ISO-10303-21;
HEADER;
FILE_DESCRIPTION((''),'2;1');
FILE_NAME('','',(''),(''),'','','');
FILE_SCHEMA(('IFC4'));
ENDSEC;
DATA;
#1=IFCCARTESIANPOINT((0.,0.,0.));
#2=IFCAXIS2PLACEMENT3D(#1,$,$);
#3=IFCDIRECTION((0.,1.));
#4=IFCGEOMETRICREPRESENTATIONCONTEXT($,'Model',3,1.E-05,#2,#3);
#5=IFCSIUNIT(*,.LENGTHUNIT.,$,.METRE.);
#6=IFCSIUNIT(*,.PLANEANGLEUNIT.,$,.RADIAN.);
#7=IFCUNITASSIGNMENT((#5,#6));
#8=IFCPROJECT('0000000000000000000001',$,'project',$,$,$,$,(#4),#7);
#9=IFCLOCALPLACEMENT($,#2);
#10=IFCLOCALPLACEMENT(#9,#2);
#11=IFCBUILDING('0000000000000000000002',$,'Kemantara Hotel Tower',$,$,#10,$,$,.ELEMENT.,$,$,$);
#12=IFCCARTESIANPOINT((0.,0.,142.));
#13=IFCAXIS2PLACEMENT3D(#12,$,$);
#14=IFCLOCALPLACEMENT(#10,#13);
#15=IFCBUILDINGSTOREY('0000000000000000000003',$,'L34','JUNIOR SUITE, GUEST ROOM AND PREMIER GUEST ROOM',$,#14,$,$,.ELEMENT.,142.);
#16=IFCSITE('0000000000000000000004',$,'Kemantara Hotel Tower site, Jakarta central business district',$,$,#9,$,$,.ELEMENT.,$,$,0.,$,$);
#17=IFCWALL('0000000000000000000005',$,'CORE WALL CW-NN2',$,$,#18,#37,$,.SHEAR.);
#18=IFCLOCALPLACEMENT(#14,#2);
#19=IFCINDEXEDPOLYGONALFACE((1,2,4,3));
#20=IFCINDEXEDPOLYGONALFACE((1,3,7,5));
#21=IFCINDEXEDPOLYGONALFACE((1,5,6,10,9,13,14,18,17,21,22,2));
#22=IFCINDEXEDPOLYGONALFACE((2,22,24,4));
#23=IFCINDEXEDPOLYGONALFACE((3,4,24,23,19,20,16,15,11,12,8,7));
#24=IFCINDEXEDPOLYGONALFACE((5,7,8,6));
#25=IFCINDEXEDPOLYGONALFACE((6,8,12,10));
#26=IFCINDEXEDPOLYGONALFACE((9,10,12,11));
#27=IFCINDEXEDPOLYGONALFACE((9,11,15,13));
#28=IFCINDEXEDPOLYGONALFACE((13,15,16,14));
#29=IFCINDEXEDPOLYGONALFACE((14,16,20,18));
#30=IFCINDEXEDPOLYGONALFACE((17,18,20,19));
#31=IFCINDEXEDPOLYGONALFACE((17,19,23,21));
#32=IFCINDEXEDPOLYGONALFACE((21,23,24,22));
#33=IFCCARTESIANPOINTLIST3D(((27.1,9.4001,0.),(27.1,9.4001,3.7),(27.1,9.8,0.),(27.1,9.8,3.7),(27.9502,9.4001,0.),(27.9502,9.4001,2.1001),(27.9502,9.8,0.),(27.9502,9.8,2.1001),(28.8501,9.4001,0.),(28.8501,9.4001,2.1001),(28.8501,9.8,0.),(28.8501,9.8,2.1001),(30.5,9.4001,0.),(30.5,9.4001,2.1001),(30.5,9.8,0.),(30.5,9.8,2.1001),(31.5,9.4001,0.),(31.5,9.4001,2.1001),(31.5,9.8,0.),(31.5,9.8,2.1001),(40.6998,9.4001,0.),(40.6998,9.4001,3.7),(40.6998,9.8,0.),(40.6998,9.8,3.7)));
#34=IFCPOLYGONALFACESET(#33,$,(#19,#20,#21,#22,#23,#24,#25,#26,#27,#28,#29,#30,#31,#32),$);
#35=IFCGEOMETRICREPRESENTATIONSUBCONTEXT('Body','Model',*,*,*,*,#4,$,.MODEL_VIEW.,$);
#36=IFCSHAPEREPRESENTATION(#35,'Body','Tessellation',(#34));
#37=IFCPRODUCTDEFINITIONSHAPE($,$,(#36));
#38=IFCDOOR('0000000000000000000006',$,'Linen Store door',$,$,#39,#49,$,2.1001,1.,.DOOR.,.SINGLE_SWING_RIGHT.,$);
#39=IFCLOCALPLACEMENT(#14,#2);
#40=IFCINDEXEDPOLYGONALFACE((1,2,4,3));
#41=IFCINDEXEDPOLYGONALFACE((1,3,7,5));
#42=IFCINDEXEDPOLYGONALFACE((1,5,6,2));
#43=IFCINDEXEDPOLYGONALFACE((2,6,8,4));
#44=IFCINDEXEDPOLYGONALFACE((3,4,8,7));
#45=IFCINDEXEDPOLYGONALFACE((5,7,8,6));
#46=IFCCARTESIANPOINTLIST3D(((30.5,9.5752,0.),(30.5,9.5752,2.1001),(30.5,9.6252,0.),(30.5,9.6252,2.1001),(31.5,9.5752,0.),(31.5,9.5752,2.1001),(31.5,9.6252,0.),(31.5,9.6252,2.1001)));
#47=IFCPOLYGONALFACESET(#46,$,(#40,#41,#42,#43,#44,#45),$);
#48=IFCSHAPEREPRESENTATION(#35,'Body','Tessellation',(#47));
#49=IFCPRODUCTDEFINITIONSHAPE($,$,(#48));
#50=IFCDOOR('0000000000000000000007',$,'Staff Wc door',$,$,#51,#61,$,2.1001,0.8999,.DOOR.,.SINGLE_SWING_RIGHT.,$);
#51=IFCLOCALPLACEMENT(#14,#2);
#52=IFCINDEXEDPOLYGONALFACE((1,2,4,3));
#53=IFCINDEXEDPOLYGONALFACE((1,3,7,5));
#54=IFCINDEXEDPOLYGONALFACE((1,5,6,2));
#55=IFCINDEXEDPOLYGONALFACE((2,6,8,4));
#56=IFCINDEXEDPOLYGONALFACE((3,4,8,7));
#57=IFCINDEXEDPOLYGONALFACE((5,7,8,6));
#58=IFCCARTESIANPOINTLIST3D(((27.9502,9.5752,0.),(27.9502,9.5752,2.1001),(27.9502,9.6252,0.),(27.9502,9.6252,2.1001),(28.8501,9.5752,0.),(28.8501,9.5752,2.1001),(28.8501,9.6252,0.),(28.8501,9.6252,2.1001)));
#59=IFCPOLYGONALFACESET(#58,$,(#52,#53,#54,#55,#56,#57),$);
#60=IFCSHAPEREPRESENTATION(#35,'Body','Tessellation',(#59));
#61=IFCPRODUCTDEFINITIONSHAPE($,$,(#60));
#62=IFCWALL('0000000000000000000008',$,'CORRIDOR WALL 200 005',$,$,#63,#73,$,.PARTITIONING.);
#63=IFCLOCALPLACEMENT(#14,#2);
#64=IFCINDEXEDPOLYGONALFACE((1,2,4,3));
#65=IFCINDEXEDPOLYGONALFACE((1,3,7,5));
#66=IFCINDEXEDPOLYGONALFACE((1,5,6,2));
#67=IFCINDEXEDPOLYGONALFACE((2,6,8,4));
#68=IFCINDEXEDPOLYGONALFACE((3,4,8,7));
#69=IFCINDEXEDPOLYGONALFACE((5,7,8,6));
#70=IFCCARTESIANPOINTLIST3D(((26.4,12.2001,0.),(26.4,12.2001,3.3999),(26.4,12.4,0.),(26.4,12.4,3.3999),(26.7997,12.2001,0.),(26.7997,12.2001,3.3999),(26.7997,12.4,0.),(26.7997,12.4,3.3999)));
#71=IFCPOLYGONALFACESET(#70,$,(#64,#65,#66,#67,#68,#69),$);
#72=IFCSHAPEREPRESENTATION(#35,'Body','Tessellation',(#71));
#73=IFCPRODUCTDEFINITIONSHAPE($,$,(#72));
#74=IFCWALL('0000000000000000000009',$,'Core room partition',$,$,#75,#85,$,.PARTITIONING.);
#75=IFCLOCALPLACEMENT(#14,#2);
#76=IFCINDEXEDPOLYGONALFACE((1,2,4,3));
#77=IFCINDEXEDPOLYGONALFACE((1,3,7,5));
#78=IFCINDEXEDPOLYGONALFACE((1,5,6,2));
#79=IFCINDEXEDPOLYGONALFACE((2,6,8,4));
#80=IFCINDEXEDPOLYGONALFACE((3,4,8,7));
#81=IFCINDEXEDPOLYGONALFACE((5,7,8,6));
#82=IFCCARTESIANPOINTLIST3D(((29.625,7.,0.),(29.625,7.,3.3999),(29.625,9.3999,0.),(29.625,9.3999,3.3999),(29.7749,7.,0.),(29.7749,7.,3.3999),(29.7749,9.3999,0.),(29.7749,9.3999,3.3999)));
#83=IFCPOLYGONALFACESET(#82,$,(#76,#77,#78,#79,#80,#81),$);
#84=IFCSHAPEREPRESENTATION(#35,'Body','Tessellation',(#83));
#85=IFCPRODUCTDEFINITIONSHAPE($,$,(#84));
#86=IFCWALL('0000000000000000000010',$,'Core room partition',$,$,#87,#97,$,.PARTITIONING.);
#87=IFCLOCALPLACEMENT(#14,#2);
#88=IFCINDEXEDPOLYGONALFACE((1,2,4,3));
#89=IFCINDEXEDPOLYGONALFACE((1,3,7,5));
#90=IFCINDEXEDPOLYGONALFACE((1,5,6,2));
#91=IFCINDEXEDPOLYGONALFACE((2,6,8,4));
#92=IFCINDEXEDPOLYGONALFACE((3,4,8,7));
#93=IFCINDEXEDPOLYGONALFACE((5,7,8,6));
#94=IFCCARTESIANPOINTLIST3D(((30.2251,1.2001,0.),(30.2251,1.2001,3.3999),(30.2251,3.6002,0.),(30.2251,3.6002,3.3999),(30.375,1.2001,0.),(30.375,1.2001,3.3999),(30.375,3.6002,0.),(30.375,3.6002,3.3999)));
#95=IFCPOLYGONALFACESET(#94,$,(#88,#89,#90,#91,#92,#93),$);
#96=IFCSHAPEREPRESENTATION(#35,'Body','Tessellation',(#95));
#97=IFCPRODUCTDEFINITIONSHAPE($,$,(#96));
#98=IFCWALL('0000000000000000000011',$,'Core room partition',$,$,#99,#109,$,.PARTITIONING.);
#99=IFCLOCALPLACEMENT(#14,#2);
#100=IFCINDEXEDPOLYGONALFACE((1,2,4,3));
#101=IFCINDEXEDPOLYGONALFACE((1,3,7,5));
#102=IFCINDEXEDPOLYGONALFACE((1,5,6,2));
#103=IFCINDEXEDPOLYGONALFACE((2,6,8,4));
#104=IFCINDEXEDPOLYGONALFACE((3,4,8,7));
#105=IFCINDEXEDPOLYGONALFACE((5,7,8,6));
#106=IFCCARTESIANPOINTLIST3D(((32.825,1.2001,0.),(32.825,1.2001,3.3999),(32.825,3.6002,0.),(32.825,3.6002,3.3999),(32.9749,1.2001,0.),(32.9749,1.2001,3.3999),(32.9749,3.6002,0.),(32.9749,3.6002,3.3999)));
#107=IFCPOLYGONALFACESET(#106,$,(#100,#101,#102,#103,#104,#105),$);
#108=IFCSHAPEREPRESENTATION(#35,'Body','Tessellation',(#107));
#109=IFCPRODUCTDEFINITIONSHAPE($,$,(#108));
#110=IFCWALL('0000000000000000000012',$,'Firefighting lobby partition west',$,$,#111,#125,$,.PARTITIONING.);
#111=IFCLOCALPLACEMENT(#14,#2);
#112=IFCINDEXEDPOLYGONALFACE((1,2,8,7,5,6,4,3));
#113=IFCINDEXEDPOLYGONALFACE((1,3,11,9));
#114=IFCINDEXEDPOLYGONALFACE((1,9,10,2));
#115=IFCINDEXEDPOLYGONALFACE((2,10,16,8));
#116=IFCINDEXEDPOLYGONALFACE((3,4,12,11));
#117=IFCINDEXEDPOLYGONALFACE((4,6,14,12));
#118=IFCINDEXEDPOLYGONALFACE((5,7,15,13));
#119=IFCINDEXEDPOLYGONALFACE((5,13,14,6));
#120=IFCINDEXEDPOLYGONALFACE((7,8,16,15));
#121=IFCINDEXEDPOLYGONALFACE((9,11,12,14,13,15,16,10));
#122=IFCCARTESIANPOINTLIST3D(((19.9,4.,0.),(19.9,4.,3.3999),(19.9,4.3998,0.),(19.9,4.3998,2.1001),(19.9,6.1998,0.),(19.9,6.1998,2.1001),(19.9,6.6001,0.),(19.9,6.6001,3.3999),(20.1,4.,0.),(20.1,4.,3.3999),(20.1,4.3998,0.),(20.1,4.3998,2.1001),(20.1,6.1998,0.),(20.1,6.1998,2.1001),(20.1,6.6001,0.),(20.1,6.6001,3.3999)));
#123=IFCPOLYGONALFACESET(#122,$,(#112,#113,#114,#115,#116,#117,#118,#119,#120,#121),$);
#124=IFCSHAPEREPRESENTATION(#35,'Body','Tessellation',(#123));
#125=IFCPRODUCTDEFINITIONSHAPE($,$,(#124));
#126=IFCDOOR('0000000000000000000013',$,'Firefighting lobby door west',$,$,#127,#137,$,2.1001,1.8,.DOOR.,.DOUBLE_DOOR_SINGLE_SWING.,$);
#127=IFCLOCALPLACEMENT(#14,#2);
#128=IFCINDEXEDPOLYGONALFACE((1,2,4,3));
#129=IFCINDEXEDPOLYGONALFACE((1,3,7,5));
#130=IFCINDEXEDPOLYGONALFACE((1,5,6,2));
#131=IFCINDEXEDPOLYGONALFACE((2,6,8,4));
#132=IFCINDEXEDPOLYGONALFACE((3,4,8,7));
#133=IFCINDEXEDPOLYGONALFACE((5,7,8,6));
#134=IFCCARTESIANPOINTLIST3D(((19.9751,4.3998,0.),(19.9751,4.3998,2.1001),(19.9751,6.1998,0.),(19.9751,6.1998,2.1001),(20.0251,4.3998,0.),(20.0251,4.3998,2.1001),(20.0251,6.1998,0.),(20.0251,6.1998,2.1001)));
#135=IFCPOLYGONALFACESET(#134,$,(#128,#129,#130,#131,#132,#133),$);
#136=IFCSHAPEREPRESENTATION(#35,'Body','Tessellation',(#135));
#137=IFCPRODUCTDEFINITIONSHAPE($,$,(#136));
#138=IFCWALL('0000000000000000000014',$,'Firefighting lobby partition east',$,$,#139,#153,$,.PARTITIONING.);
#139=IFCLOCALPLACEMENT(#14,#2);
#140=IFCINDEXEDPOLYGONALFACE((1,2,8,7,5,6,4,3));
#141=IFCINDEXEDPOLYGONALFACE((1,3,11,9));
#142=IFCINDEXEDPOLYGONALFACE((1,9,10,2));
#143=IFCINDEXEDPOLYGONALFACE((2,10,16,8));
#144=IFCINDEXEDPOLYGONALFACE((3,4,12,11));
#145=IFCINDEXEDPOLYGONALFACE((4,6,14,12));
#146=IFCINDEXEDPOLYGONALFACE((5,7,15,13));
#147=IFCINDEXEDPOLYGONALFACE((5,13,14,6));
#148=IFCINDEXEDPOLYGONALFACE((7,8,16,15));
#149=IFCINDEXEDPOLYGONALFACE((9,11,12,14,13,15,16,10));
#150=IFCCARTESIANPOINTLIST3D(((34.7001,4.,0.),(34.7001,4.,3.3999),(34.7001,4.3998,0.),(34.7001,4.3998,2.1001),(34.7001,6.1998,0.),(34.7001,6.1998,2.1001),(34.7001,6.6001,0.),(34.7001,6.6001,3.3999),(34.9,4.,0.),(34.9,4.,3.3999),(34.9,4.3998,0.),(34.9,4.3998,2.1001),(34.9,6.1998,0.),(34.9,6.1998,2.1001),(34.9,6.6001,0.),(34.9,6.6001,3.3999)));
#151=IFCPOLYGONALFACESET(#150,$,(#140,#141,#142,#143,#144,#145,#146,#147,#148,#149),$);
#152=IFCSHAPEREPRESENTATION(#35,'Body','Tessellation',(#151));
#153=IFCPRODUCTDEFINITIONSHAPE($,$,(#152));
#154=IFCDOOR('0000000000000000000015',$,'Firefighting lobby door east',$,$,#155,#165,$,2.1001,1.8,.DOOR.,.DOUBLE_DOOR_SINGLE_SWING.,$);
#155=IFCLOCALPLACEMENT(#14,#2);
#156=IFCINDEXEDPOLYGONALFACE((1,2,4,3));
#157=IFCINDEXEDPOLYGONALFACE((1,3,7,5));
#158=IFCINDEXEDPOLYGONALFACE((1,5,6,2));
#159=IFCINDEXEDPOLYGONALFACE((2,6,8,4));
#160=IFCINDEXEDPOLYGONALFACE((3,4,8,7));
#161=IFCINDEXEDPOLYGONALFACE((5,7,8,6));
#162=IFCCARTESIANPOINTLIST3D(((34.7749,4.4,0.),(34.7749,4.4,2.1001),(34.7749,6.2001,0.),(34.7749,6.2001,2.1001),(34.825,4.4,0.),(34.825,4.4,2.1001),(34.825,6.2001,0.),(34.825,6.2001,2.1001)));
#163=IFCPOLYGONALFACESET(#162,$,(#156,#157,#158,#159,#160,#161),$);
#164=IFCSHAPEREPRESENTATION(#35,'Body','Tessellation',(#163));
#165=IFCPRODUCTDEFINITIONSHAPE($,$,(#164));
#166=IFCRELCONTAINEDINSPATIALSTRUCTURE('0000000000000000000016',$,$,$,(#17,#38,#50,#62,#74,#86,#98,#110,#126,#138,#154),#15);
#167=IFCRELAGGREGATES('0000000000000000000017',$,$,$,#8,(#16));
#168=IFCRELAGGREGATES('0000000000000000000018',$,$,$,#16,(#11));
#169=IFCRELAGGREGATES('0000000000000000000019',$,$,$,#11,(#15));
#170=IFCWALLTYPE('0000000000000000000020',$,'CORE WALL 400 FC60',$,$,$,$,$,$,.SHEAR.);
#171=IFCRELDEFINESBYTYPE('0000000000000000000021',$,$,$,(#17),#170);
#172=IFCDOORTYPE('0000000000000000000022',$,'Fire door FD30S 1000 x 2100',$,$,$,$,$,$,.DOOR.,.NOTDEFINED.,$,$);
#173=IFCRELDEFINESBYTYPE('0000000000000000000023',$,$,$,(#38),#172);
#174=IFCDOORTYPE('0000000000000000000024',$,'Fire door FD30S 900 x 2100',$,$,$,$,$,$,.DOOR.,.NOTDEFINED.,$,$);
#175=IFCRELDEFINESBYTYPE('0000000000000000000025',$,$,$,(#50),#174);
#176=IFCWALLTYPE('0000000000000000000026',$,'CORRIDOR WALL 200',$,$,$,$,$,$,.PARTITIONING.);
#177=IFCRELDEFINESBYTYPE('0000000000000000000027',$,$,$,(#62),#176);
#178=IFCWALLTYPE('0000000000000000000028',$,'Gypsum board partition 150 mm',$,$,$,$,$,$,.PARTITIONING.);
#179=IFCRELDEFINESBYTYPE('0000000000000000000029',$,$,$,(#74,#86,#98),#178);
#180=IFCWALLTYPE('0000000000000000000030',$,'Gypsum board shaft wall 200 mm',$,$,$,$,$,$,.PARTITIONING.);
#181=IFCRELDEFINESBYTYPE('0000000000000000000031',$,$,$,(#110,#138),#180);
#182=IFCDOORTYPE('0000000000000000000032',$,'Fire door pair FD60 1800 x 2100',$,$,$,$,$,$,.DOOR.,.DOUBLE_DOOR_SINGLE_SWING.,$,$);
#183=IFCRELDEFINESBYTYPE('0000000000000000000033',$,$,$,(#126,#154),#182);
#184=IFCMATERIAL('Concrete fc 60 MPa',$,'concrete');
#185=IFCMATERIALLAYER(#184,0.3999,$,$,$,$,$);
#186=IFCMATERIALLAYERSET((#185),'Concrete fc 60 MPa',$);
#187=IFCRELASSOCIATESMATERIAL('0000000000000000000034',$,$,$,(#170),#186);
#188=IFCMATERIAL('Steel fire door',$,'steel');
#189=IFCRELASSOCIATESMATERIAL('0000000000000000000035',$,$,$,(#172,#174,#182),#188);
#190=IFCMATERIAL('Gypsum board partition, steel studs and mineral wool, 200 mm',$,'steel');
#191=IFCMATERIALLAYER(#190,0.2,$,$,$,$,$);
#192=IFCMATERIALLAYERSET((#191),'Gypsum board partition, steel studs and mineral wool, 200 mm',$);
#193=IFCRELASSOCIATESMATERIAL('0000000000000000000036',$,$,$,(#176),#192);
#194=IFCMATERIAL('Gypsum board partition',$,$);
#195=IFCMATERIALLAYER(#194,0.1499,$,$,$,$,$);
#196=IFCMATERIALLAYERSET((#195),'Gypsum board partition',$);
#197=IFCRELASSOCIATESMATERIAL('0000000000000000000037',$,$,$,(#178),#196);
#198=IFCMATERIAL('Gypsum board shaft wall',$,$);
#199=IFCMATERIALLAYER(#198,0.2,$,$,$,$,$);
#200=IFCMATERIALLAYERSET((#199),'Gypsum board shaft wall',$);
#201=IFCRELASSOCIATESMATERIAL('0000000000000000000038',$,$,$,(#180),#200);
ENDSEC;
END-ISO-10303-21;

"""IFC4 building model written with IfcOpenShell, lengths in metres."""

from ifc_helpers import new_model, si_unit, direction, frame, frame_2d, origin, place, context, subcontext, project, spatial, rectangle, extrude, material, layer, layer_set, type_object, element, fill, save


model = new_model("IFC4")

# Units and contexts
model_context = context("Model", 3, precision=1e-05, world=origin(), true_north=direction((0.0, 1.0)))
body_context = subcontext(model_context, "Body", "Model", "MODEL_VIEW")
ifc_project = project(units=[si_unit("LENGTHUNIT", "METRE"), si_unit("PLANEANGLEUNIT", "RADIAN")], contexts=[model_context])

# Site, building, storey
site_placement = place(None, origin())
site = spatial("IfcSite", under=ifc_project, at=site_placement, Name="Kemantara Hotel Tower site, Jakarta central business district", CompositionType="ELEMENT", RefElevation=0.0)
building_placement = place(site_placement, origin())
building = spatial("IfcBuilding", under=site, at=building_placement, Name="Kemantara Hotel Tower", CompositionType="ELEMENT")
storey_placement = place(building_placement, frame((0.0, 0.0, 142.0)))
storey = spatial("IfcBuildingStorey", under=building, at=storey_placement, Name="L34", Description="JUNIOR SUITE, GUEST ROOM AND PREMIER GUEST ROOM", CompositionType="ELEMENT", Elevation=142.0)

# Shared definitions
ifc_material_1 = material(Name="Concrete fc 60 MPa", Category="concrete")

# Wall, openings, doors
ifc_layer_1 = layer(ifc_material_1, 0.3999)
ifc_layer_set_1 = layer_set([ifc_layer_1], Name="Concrete fc 60 MPa")
wall_type_1 = type_object("IfcWallType", Name="CORE WALL 400 FC60", PredefinedType="SHEAR", material=ifc_layer_set_1)
wall_1_placement = place(storey_placement, frame((27.1001, 9.6001, 0.0), z_axis=(0.0, 0.0, 1.0), x_axis=(1.0, 0.0, 0.0)))
wall_1 = element("IfcWall", 1, at=wall_1_placement, inside=storey, type_object=wall_type_1, Name="CORE WALL CW-NN2", PredefinedType="SHEAR", context=body_context, shape_type="SweptSolid", body=[
    extrude(rectangle(XDim=13.5999, YDim=0.3999, at=frame_2d((6.7998, 0.0))), origin(), (0.0, 0.0, 1.0), 3.7),
])
opening_1_placement = place(wall_1_placement, frame((0.8501, 0.0, 0.0)))
opening_1 = element("IfcOpeningElement", 2, at=opening_1_placement, cuts=wall_1, PredefinedType="OPENING", context=body_context, shape_type="SweptSolid", body=[
    extrude(rectangle(XDim=0.8999, YDim=2.1001, at=frame_2d((0.45, 1.05))), frame((0.0, 0.21, 0.0), z_axis=(0.0, -1.0, 0.0), x_axis=(1.0, 0.0, 0.0)), (0.0, 0.0, 1.0), 0.4199),
])
opening_2_placement = place(wall_1_placement, frame((3.3999, 0.0, 0.0)))
opening_2 = element("IfcOpeningElement", 3, at=opening_2_placement, cuts=wall_1, PredefinedType="OPENING", context=body_context, shape_type="SweptSolid", body=[
    extrude(rectangle(XDim=1.0, YDim=2.1001, at=frame_2d((0.5, 1.05))), frame((0.0, 0.21, 0.0), z_axis=(0.0, -1.0, 0.0), x_axis=(1.0, 0.0, 0.0)), (0.0, 0.0, 1.0), 0.4199),
])
ifc_material_2 = material(Name="Steel fire door", Category="steel")
door_type_1 = type_object("IfcDoorType", Name="Fire door FD30S 1000 x 2100", OperationType="NOTDEFINED", PredefinedType="DOOR", material=ifc_material_2)
door_1_placement = place(opening_2_placement, frame((1.0, 0.0, 0.0), z_axis=(0.0, 0.0, 1.0), x_axis=(-1.0, 0.0, 0.0)))
door_1 = element("IfcDoor", 4, at=door_1_placement, inside=storey, type_object=door_type_1, Name="Linen Store door", OperationType="SINGLE_SWING_RIGHT", OverallHeight=2.1001, OverallWidth=1.0, PredefinedType="DOOR", context=body_context, shape_type="SweptSolid", body=[
    extrude(rectangle(XDim=1.0, YDim=2.1001, at=frame_2d((0.5, 1.05))), frame((0.0, 0.0249, 0.0), z_axis=(0.0, -1.0, 0.0), x_axis=(1.0, 0.0, 0.0)), (0.0, 0.0, 1.0), 0.05),
])
fill(opening_2, door_1)
door_type_2 = type_object("IfcDoorType", Name="Fire door FD30S 900 x 2100", OperationType="NOTDEFINED", PredefinedType="DOOR", material=ifc_material_2)
door_2_placement = place(opening_1_placement, frame((0.8999, 0.0, 0.0), z_axis=(0.0, 0.0, 1.0), x_axis=(-1.0, 0.0, 0.0)))
door_2 = element("IfcDoor", 5, at=door_2_placement, inside=storey, type_object=door_type_2, Name="Staff Wc door", OperationType="SINGLE_SWING_RIGHT", OverallHeight=2.1001, OverallWidth=0.8999, PredefinedType="DOOR", context=body_context, shape_type="SweptSolid", body=[
    extrude(rectangle(XDim=0.8999, YDim=2.1001, at=frame_2d((0.45, 1.05))), frame((0.0, 0.0249, 0.0), z_axis=(0.0, -1.0, 0.0), x_axis=(1.0, 0.0, 0.0)), (0.0, 0.0, 1.0), 0.05),
])
fill(opening_1, door_2)

# Walls
ifc_material_3 = material(Name="Gypsum board partition, steel studs and mineral wool, 200 mm", Category="steel")
ifc_layer_2 = layer(ifc_material_3, 0.2)
ifc_layer_set_2 = layer_set([ifc_layer_2], Name="Gypsum board partition, steel studs and mineral wool, 200 mm")
wall_type_2 = type_object("IfcWallType", Name="CORRIDOR WALL 200", PredefinedType="PARTITIONING", material=ifc_layer_set_2)
wall_2_placement = place(storey_placement, frame((26.4001, 12.3, 0.0), z_axis=(0.0, 0.0, 1.0), x_axis=(1.0, 0.0, 0.0)))
element("IfcWall", 6, at=wall_2_placement, inside=storey, type_object=wall_type_2, Name="CORRIDOR WALL 200 005", PredefinedType="PARTITIONING", context=body_context, shape_type="SweptSolid", body=[
    extrude(rectangle(XDim=0.3997, YDim=0.2, at=frame_2d((0.1997, 0.0))), origin(), (0.0, 0.0, 1.0), 3.3999),
])
ifc_material_4 = material(Name="Gypsum board partition")
ifc_layer_3 = layer(ifc_material_4, 0.1499)
ifc_layer_set_3 = layer_set([ifc_layer_3], Name="Gypsum board partition")
wall_type_3 = type_object("IfcWallType", Name="Gypsum board partition 150 mm", PredefinedType="PARTITIONING", material=ifc_layer_set_3)
wall_3_placement = place(storey_placement, frame((29.7, 7.0, 0.0), z_axis=(0.0, 0.0, 1.0), x_axis=(0.0, 1.0, 0.0)))
element("IfcWall", 7, at=wall_3_placement, inside=storey, type_object=wall_type_3, Name="Core room partition", PredefinedType="PARTITIONING", context=body_context, shape_type="SweptSolid", body=[
    extrude(rectangle(XDim=2.3999, YDim=0.1499, at=frame_2d((1.2, 0.0))), origin(), (0.0, 0.0, 1.0), 3.3999),
])
for number, where, z_axis, x_axis, name in (
    (8, (30.3, 1.2, 0.0), (0.0, 0.0, 1.0), (0.0, 1.0, 0.0), "Core room partition"),
    (9, (32.8999, 1.2, 0.0), (0.0, 0.0, 1.0), (0.0, 1.0, 0.0), "Core room partition"),
):
    element("IfcWall", number, at=place(storey_placement, frame(where, z_axis=z_axis, x_axis=x_axis)), inside=storey, type_object=wall_type_3, Name=name, PredefinedType="PARTITIONING", context=body_context, shape_type="SweptSolid", body=[
        extrude(rectangle(XDim=2.4001, YDim=0.1499, at=frame_2d((1.2002, 0.0))), origin(), (0.0, 0.0, 1.0), 3.3999),
    ])

# Walls, openings, doors
ifc_material_5 = material(Name="Gypsum board shaft wall")
ifc_layer_4 = layer(ifc_material_5, 0.2)
ifc_layer_set_4 = layer_set([ifc_layer_4], Name="Gypsum board shaft wall")
wall_type_4 = type_object("IfcWallType", Name="Gypsum board shaft wall 200 mm", PredefinedType="PARTITIONING", material=ifc_layer_set_4)
wall_4_placement = place(storey_placement, frame((20.0, 4.0, 0.0), z_axis=(0.0, 0.0, 1.0), x_axis=(0.0, 1.0, 0.0)))
wall_4 = element("IfcWall", 10, at=wall_4_placement, inside=storey, type_object=wall_type_4, Name="Firefighting lobby partition west", PredefinedType="PARTITIONING", context=body_context, shape_type="SweptSolid", body=[
    extrude(rectangle(XDim=2.6001, YDim=0.2, at=frame_2d((1.3, 0.0))), origin(), (0.0, 0.0, 1.0), 3.3999),
])
opening_3_placement = place(wall_4_placement, frame((0.3999, 0.0, 0.0)))
opening_3 = element("IfcOpeningElement", 11, at=opening_3_placement, cuts=wall_4, PredefinedType="OPENING", context=body_context, shape_type="SweptSolid", body=[
    extrude(rectangle(XDim=1.8, YDim=2.1001, at=frame_2d((0.8999, 1.05))), frame((0.0, 0.1099, 0.0), z_axis=(0.0, -1.0, 0.0), x_axis=(1.0, 0.0, 0.0)), (0.0, 0.0, 1.0), 0.22),
])
door_type_3 = type_object("IfcDoorType", Name="Fire door pair FD60 1800 x 2100", OperationType="DOUBLE_DOOR_SINGLE_SWING", PredefinedType="DOOR", material=ifc_material_2)
door_3_placement = place(opening_3_placement, origin())
door_3 = element("IfcDoor", 12, at=door_3_placement, inside=storey, type_object=door_type_3, Name="Firefighting lobby door west", OperationType="DOUBLE_DOOR_SINGLE_SWING", OverallHeight=2.1001, OverallWidth=1.8, PredefinedType="DOOR", context=body_context, shape_type="SweptSolid", body=[
    extrude(rectangle(XDim=1.8, YDim=2.1001, at=frame_2d((0.8999, 1.05))), frame((0.0, 0.0249, 0.0), z_axis=(0.0, -1.0, 0.0), x_axis=(1.0, 0.0, 0.0)), (0.0, 0.0, 1.0), 0.05),
])
fill(opening_3, door_3)
wall_5_placement = place(storey_placement, frame((34.8, 4.0, 0.0), z_axis=(0.0, 0.0, 1.0), x_axis=(0.0, 1.0, 0.0)))
wall_5 = element("IfcWall", 13, at=wall_5_placement, inside=storey, type_object=wall_type_4, Name="Firefighting lobby partition east", PredefinedType="PARTITIONING", context=body_context, shape_type="SweptSolid", body=[
    extrude(rectangle(XDim=2.6001, YDim=0.2, at=frame_2d((1.3, 0.0))), origin(), (0.0, 0.0, 1.0), 3.3999),
])
opening_4_placement = place(wall_5_placement, frame((0.3999, 0.0, 0.0)))
opening_4 = element("IfcOpeningElement", 14, at=opening_4_placement, cuts=wall_5, PredefinedType="OPENING", context=body_context, shape_type="SweptSolid", body=[
    extrude(rectangle(XDim=1.8, YDim=2.1001, at=frame_2d((0.8999, 1.05))), frame((0.0, 0.1099, 0.0), z_axis=(0.0, -1.0, 0.0), x_axis=(1.0, 0.0, 0.0)), (0.0, 0.0, 1.0), 0.22),
])
door_4_placement = place(opening_4_placement, frame((1.8, 0.0, 0.0), z_axis=(0.0, 0.0, 1.0), x_axis=(-1.0, 0.0, 0.0)))
door_4 = element("IfcDoor", 15, at=door_4_placement, inside=storey, type_object=door_type_3, Name="Firefighting lobby door east", OperationType="DOUBLE_DOOR_SINGLE_SWING", OverallHeight=2.1001, OverallWidth=1.8, PredefinedType="DOOR", context=body_context, shape_type="SweptSolid", body=[
    extrude(rectangle(XDim=1.8, YDim=2.1001, at=frame_2d((0.8999, 1.05))), frame((0.0, 0.0249, 0.0), z_axis=(0.0, -1.0, 0.0), x_axis=(1.0, 0.0, 0.0)), (0.0, 0.0, 1.0), 0.05),
])
fill(opening_4, door_4)

save(model, "model.ifc")
